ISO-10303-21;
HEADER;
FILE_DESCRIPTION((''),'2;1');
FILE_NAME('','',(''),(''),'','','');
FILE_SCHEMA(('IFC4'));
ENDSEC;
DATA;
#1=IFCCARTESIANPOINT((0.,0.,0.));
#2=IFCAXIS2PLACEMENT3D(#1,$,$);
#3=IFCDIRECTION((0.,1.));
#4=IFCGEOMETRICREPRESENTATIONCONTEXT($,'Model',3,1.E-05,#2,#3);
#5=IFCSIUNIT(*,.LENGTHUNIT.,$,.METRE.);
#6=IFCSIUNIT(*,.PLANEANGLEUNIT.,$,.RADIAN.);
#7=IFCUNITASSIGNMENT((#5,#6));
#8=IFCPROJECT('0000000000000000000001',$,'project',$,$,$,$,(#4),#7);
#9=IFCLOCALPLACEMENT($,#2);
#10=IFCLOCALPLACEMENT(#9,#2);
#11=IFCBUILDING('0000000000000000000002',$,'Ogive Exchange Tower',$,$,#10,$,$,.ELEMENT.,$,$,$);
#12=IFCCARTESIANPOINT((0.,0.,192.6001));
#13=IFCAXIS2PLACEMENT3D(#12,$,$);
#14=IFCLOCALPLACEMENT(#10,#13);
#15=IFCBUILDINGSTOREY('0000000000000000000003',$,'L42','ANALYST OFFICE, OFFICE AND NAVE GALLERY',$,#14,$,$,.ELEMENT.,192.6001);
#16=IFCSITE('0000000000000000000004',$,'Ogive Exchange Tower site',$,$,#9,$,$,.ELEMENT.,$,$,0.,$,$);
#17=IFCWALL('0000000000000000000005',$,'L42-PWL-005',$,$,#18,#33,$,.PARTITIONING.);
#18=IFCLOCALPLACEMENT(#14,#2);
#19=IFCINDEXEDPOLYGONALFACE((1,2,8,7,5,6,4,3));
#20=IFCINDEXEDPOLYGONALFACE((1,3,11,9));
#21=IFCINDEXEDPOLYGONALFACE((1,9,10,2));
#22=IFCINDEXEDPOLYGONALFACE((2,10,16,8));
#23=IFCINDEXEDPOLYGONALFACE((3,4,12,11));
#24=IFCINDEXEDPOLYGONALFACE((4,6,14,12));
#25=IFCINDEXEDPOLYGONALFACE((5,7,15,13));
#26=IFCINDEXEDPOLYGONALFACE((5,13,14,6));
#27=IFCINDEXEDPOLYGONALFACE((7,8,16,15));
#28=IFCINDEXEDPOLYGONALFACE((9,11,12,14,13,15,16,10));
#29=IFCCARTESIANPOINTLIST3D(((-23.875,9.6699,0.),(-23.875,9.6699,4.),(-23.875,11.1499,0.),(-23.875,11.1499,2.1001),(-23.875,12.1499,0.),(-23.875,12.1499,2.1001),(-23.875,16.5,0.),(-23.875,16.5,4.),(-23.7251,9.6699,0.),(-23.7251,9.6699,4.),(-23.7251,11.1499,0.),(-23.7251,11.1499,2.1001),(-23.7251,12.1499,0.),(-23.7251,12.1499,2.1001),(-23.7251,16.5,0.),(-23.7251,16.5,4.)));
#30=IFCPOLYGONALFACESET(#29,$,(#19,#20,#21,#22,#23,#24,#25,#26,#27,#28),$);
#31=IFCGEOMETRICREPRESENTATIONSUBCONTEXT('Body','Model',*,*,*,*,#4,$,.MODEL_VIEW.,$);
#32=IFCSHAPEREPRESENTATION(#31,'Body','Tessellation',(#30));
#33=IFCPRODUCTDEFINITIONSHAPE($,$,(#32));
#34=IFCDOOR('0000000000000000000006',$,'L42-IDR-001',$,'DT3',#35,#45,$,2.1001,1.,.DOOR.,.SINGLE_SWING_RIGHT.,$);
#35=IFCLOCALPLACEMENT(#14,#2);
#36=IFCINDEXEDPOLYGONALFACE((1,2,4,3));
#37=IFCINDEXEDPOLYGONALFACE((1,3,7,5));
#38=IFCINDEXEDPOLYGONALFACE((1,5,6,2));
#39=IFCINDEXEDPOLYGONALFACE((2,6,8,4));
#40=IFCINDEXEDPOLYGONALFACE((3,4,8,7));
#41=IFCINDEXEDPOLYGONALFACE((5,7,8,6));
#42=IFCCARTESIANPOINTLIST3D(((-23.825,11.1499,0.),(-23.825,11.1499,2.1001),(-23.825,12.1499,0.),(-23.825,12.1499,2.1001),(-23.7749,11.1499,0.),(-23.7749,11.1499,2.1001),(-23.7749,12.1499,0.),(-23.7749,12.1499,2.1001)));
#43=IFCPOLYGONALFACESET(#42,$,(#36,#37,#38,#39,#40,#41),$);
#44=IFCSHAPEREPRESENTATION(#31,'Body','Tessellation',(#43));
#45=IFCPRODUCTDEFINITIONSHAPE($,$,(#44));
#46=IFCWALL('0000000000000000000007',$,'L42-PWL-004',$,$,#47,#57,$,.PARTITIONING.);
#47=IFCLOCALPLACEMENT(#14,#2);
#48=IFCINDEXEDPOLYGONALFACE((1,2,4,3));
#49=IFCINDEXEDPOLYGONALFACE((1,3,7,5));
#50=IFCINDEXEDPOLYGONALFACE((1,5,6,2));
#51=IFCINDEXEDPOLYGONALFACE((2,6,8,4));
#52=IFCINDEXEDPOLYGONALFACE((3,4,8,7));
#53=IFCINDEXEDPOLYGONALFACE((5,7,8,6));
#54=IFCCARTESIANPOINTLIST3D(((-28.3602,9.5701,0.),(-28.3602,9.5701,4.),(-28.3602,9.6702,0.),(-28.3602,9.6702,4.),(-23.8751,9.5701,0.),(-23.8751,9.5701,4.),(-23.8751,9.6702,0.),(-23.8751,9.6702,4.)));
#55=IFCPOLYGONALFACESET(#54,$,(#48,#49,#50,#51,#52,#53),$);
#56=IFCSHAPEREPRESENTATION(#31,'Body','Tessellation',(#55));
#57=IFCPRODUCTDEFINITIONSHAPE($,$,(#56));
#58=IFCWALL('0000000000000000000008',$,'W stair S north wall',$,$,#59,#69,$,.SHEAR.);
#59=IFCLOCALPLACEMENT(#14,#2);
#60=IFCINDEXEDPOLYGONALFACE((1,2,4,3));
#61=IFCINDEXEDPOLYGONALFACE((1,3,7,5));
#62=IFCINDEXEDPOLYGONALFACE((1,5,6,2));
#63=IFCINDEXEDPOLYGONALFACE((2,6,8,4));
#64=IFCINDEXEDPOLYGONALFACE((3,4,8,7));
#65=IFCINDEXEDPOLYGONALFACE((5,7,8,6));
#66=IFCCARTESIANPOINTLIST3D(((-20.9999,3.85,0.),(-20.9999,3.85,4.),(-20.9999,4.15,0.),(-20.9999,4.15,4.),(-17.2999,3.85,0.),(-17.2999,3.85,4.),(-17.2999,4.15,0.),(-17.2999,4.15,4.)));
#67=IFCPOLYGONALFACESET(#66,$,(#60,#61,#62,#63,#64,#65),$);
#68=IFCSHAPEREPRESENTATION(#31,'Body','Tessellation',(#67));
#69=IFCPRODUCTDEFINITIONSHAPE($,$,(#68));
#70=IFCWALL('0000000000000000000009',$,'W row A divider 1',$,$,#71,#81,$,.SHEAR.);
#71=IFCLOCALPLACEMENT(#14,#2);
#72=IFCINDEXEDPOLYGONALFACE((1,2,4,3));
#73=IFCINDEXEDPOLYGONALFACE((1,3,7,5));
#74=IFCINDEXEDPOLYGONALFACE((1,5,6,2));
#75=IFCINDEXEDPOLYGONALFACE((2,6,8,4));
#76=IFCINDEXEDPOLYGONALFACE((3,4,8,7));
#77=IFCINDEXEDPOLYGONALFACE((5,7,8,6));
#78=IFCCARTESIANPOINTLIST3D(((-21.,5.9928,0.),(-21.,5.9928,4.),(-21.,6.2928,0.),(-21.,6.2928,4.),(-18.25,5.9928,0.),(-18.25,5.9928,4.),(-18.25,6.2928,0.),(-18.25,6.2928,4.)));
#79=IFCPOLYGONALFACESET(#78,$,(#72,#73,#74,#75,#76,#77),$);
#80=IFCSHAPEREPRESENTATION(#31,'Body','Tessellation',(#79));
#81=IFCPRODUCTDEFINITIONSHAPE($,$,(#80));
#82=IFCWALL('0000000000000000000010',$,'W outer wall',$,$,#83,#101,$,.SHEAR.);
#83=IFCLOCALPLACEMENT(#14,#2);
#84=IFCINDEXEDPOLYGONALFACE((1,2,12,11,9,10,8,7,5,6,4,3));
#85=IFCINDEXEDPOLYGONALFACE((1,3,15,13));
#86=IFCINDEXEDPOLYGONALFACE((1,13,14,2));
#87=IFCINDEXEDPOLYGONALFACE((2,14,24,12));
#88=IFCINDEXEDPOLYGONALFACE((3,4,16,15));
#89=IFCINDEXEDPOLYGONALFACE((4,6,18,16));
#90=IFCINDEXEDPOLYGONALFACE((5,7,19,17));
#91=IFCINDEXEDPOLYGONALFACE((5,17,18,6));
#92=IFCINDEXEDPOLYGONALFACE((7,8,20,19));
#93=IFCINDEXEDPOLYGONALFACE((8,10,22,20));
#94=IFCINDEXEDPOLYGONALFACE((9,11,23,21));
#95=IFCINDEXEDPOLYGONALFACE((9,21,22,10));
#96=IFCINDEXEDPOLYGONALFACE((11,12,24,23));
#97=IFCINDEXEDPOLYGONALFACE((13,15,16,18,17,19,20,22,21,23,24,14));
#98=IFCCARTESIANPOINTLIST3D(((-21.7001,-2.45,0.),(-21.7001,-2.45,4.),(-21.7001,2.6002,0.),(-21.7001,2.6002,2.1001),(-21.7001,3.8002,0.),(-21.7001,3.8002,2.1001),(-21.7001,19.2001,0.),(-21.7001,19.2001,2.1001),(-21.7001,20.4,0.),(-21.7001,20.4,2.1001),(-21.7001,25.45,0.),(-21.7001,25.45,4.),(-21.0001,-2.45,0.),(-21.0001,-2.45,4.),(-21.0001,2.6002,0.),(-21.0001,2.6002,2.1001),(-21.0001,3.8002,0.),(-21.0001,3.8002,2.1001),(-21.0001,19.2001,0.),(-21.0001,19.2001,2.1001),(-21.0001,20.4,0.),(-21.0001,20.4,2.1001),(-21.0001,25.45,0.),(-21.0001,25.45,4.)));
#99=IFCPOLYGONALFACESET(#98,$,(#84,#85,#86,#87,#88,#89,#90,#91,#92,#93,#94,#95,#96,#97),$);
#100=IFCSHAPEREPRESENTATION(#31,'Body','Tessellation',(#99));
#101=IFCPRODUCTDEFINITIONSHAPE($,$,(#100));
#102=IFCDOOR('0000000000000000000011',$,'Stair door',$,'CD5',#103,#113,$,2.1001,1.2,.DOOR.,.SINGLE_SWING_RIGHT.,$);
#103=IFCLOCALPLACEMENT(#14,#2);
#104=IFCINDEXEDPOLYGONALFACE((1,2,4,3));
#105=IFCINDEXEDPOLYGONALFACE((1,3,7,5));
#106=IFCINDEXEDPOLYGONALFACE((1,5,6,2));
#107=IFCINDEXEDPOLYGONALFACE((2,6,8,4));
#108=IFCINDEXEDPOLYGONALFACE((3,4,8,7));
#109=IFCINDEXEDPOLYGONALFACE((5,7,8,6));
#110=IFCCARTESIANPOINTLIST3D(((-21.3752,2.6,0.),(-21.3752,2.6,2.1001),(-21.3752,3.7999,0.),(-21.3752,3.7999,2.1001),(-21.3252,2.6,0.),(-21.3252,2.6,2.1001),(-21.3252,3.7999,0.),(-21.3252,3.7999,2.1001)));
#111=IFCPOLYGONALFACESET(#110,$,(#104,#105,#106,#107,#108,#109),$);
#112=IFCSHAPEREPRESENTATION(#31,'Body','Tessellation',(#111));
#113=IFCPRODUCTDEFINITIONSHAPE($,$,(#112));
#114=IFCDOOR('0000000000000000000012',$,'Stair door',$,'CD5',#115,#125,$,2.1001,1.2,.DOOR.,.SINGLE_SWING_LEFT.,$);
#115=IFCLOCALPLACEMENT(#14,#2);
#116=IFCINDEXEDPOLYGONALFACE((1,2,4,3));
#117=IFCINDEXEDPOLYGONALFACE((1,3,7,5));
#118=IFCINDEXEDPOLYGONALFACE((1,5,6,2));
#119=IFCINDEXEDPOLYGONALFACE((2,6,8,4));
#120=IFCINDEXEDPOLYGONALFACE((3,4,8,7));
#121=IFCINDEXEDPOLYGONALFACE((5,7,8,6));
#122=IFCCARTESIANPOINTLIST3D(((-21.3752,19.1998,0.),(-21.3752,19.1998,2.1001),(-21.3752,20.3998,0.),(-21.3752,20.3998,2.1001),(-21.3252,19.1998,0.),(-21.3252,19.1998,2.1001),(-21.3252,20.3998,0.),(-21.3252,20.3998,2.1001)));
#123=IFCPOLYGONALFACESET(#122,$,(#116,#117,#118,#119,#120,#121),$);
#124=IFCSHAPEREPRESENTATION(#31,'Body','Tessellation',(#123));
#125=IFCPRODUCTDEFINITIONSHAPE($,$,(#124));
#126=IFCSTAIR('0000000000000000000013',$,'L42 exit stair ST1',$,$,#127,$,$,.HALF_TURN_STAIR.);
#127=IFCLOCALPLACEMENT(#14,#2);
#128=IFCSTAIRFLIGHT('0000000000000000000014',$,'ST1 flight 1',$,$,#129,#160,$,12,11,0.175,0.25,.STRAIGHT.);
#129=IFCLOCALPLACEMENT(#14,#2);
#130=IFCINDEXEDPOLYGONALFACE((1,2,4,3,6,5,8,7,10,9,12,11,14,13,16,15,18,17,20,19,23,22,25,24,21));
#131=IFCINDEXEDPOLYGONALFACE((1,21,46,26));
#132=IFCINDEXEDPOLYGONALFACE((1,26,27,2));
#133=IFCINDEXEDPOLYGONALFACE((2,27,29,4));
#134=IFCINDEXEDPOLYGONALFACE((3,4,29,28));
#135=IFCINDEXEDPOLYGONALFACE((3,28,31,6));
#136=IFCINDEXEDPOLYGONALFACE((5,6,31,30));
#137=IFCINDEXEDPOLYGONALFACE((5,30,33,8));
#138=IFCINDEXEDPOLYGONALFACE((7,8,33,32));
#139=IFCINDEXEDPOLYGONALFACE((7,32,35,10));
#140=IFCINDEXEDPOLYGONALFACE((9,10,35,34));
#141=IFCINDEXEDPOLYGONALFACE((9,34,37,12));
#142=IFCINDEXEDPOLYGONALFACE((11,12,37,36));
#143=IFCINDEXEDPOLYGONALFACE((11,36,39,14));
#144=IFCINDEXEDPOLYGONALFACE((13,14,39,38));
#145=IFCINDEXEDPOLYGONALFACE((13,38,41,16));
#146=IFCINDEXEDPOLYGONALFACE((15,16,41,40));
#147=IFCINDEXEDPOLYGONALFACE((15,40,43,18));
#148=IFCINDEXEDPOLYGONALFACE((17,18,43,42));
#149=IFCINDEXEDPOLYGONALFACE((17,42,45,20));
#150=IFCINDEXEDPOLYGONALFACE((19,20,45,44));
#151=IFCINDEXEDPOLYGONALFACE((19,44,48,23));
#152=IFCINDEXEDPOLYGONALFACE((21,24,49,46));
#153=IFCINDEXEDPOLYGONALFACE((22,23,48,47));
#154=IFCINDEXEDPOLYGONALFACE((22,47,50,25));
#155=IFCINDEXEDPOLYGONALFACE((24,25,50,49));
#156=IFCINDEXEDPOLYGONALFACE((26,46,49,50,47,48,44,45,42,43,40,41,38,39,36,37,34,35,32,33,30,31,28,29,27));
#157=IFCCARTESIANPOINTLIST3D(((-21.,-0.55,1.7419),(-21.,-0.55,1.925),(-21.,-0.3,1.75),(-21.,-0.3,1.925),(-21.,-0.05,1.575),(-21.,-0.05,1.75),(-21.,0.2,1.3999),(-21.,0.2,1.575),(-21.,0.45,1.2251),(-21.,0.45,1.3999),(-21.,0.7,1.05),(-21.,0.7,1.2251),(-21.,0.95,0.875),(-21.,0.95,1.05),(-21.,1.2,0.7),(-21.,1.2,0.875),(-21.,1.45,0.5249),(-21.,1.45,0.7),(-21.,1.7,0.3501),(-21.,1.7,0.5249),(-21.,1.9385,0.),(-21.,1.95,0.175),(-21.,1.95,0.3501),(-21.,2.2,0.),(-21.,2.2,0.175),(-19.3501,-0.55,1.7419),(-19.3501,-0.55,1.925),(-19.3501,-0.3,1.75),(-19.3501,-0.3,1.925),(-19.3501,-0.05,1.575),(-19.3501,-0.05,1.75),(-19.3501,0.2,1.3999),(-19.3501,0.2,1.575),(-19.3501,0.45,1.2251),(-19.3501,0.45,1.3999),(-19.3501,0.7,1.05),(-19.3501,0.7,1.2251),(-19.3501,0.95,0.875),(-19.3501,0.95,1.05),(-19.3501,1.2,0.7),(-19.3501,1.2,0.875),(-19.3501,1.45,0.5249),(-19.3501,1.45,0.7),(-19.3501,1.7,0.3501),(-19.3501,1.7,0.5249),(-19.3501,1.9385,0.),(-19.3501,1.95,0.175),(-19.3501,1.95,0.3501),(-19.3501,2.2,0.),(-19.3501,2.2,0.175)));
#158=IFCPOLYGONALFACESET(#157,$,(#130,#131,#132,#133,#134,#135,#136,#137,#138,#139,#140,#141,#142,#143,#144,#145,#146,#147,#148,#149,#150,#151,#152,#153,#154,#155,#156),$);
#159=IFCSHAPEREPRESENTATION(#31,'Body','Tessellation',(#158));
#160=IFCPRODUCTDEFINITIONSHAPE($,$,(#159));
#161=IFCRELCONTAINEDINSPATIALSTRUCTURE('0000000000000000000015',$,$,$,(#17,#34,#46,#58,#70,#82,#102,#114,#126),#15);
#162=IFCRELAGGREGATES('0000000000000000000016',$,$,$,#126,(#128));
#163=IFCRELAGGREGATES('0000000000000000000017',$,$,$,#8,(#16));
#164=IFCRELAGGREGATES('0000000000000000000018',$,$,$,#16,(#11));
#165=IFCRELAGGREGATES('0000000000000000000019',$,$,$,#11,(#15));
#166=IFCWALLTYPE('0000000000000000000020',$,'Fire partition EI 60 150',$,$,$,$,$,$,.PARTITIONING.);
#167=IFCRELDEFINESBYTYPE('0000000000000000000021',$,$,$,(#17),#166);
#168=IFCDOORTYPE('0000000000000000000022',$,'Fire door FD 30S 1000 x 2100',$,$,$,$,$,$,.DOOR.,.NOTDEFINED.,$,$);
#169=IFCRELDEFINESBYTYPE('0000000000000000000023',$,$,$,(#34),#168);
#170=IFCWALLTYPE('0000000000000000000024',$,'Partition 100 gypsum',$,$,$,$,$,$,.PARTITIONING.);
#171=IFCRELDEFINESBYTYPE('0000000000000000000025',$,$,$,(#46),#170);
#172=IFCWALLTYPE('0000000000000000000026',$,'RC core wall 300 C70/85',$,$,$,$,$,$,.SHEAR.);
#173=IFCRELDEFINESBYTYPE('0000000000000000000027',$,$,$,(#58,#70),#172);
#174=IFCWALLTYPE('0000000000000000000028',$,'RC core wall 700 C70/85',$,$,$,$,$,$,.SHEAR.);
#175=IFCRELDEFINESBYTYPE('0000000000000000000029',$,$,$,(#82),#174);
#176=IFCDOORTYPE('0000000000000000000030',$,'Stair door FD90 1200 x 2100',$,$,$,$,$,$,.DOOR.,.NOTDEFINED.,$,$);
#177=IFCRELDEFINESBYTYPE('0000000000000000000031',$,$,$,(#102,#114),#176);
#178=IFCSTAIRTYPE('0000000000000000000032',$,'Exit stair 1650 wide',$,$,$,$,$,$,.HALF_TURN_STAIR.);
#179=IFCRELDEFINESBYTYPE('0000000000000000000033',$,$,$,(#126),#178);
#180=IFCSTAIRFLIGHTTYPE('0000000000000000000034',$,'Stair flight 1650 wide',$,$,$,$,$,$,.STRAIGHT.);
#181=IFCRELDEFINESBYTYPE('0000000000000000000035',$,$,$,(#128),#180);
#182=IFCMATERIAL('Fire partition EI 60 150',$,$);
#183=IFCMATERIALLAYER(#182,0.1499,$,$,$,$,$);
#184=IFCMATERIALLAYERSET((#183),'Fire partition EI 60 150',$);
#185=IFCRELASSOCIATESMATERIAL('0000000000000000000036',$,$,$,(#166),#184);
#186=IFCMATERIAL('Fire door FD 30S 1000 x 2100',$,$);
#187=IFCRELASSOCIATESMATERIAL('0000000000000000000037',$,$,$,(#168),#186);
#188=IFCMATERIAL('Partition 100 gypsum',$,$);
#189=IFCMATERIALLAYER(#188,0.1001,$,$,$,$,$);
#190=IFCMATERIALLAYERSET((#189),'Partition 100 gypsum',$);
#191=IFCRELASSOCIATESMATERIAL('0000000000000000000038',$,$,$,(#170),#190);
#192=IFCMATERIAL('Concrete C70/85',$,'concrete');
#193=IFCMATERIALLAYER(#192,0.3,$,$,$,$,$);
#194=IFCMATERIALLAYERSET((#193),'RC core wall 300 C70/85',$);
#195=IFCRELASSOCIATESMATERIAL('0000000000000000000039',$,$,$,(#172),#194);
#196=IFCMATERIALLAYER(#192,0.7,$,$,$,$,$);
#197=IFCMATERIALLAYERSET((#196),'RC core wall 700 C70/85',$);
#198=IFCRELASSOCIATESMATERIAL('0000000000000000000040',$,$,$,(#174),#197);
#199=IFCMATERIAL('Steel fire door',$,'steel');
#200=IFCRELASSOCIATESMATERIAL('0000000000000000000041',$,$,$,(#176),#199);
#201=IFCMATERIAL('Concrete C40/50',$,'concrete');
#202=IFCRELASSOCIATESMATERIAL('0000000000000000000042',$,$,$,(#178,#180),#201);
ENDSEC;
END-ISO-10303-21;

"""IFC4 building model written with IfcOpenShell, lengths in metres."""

from ifc_helpers import new_model, si_unit, direction, frame, frame_2d, origin, place, context, subcontext, project, spatial, polyline, rectangle, outline, extrude, material, layer, layer_set, type_object, element, fill, aggregate, save


model = new_model("IFC4")

# Units and contexts
model_context = context("Model", 3, precision=1e-05, world=origin(), true_north=direction((0.0, 1.0)))
body_context = subcontext(model_context, "Body", "Model", "MODEL_VIEW")
ifc_project = project(units=[si_unit("LENGTHUNIT", "METRE"), si_unit("PLANEANGLEUNIT", "RADIAN")], contexts=[model_context])

# Site, building, storey
site_placement = place(None, origin())
site = spatial("IfcSite", under=ifc_project, at=site_placement, Name="Ogive Exchange Tower site", CompositionType="ELEMENT", RefElevation=0.0)
building_placement = place(site_placement, origin())
building = spatial("IfcBuilding", under=site, at=building_placement, Name="Ogive Exchange Tower", CompositionType="ELEMENT")
storey_placement = place(building_placement, frame((0.0, 0.0, 192.6001)))
storey = spatial("IfcBuildingStorey", under=building, at=storey_placement, Name="L42", Description="ANALYST OFFICE, OFFICE AND NAVE GALLERY", CompositionType="ELEMENT", Elevation=192.6001)

# Wall, opening, door
ifc_material_1 = material(Name="Fire partition EI 60 150")
ifc_layer_1 = layer(ifc_material_1, 0.1499)
ifc_layer_set_1 = layer_set([ifc_layer_1], Name="Fire partition EI 60 150")
wall_type_1 = type_object("IfcWallType", Name="Fire partition EI 60 150", PredefinedType="PARTITIONING", material=ifc_layer_set_1)
wall_1_placement = place(storey_placement, frame((-23.8, 9.6699, 0.0), z_axis=(0.0, 0.0, 1.0), x_axis=(0.0, 1.0, 0.0)))
wall_1 = element("IfcWall", 1, at=wall_1_placement, inside=storey, type_object=wall_type_1, Name="L42-PWL-005", PredefinedType="PARTITIONING", context=body_context, shape_type="SweptSolid", body=[
    extrude(rectangle(XDim=6.8301, YDim=0.1499, at=frame_2d((3.415, 0.0))), origin(), (0.0, 0.0, 1.0), 4.0),
])
opening_1_placement = place(wall_1_placement, frame((1.48, 0.0, 0.0)))
opening_1 = element("IfcOpeningElement", 2, at=opening_1_placement, cuts=wall_1, PredefinedType="OPENING", context=body_context, shape_type="SweptSolid", body=[
    extrude(rectangle(XDim=1.0, YDim=2.1001, at=frame_2d((0.5, 1.05))), frame((0.0, 0.085, 0.0), z_axis=(0.0, -1.0, 0.0), x_axis=(1.0, 0.0, 0.0)), (0.0, 0.0, 1.0), 0.1699),
])
ifc_material_2 = material(Name="Fire door FD 30S 1000 x 2100")
door_type_1 = type_object("IfcDoorType", Name="Fire door FD 30S 1000 x 2100", OperationType="NOTDEFINED", PredefinedType="DOOR", material=ifc_material_2)
door_1_placement = place(opening_1_placement, origin())
door_1 = element("IfcDoor", 3, at=door_1_placement, inside=storey, type_object=door_type_1, Name="L42-IDR-001", ObjectType="DT3", OperationType="SINGLE_SWING_RIGHT", OverallHeight=2.1001, OverallWidth=1.0, PredefinedType="DOOR", context=body_context, shape_type="SweptSolid", body=[
    extrude(rectangle(XDim=1.0, YDim=2.1001, at=frame_2d((0.5, 1.05))), frame((0.0, 0.0249, 0.0), z_axis=(0.0, -1.0, 0.0), x_axis=(1.0, 0.0, 0.0)), (0.0, 0.0, 1.0), 0.05),
])
fill(opening_1, door_1)

# Walls
ifc_material_3 = material(Name="Partition 100 gypsum")
ifc_layer_2 = layer(ifc_material_3, 0.1001)
ifc_layer_set_2 = layer_set([ifc_layer_2], Name="Partition 100 gypsum")
wall_type_2 = type_object("IfcWallType", Name="Partition 100 gypsum", PredefinedType="PARTITIONING", material=ifc_layer_set_2)
wall_2_placement = place(storey_placement, frame((-23.875, 9.6201, 0.0), z_axis=(0.0, 0.0, 1.0), x_axis=(-1.0, 0.0, 0.0)))
element("IfcWall", 4, at=wall_2_placement, inside=storey, type_object=wall_type_2, Name="L42-PWL-004", PredefinedType="PARTITIONING", context=body_context, shape_type="SweptSolid", body=[
    extrude(rectangle(XDim=4.4851, YDim=0.1001, at=frame_2d((2.2427, 0.0))), origin(), (0.0, 0.0, 1.0), 4.0),
])
ifc_material_4 = material(Name="Concrete C70/85", Category="concrete")
ifc_layer_3 = layer(ifc_material_4, 0.3)
ifc_layer_set_3 = layer_set([ifc_layer_3], Name="RC core wall 300 C70/85")
wall_type_3 = type_object("IfcWallType", Name="RC core wall 300 C70/85", PredefinedType="SHEAR", material=ifc_layer_set_3)
wall_3_placement = place(storey_placement, frame((-21.0, 4.0, 0.0), z_axis=(0.0, 0.0, 1.0), x_axis=(1.0, 0.0, 0.0)))
element("IfcWall", 5, at=wall_3_placement, inside=storey, type_object=wall_type_3, Name="W stair S north wall", PredefinedType="SHEAR", context=body_context, shape_type="SweptSolid", body=[
    extrude(rectangle(XDim=3.7, YDim=0.3, at=frame_2d((1.8501, 0.0))), origin(), (0.0, 0.0, 1.0), 4.0),
])
wall_4_placement = place(storey_placement, frame((-21.0, 6.1428, 0.0), z_axis=(0.0, 0.0, 1.0), x_axis=(1.0, 0.0, 0.0)))
element("IfcWall", 6, at=wall_4_placement, inside=storey, type_object=wall_type_3, Name="W row A divider 1", PredefinedType="SHEAR", context=body_context, shape_type="SweptSolid", body=[
    extrude(rectangle(XDim=2.75, YDim=0.3, at=frame_2d((1.375, 0.0))), origin(), (0.0, 0.0, 1.0), 4.0),
])

# Wall, openings, doors
ifc_layer_4 = layer(ifc_material_4, 0.7)
ifc_layer_set_4 = layer_set([ifc_layer_4], Name="RC core wall 700 C70/85")
wall_type_4 = type_object("IfcWallType", Name="RC core wall 700 C70/85", PredefinedType="SHEAR", material=ifc_layer_set_4)
wall_5_placement = place(storey_placement, frame((-21.3501, -2.45, 0.0), z_axis=(0.0, 0.0, 1.0), x_axis=(0.0, 1.0, 0.0)))
wall_5 = element("IfcWall", 7, at=wall_5_placement, inside=storey, type_object=wall_type_4, Name="W outer wall", PredefinedType="SHEAR", context=body_context, shape_type="SweptSolid", body=[
    extrude(rectangle(XDim=27.8999, YDim=0.7, at=frame_2d((13.95, 0.0))), origin(), (0.0, 0.0, 1.0), 4.0),
])
opening_2_placement = place(wall_5_placement, frame((5.05, 0.0, 0.0)))
opening_2 = element("IfcOpeningElement", 8, at=opening_2_placement, cuts=wall_5, PredefinedType="OPENING", context=body_context, shape_type="SweptSolid", body=[
    extrude(rectangle(XDim=1.2, YDim=2.1001, at=frame_2d((0.6001, 1.05))), frame((0.0, 0.3599, 0.0), z_axis=(0.0, -1.0, 0.0), x_axis=(1.0, 0.0, 0.0)), (0.0, 0.0, 1.0), 0.72),
])
opening_3_placement = place(wall_5_placement, frame((21.6499, 0.0, 0.0)))
opening_3 = element("IfcOpeningElement", 9, at=opening_3_placement, cuts=wall_5, PredefinedType="OPENING", context=body_context, shape_type="SweptSolid", body=[
    extrude(rectangle(XDim=1.2, YDim=2.1001, at=frame_2d((0.6001, 1.05))), frame((0.0, 0.3599, 0.0), z_axis=(0.0, -1.0, 0.0), x_axis=(1.0, 0.0, 0.0)), (0.0, 0.0, 1.0), 0.72),
])
ifc_material_5 = material(Name="Steel fire door", Category="steel")
door_type_2 = type_object("IfcDoorType", Name="Stair door FD90 1200 x 2100", OperationType="NOTDEFINED", PredefinedType="DOOR", material=ifc_material_5)
door_2_placement = place(opening_2_placement, frame((1.2, 0.0, 0.0), z_axis=(0.0, 0.0, 1.0), x_axis=(-1.0, 0.0, 0.0)))
door_2 = element("IfcDoor", 10, at=door_2_placement, inside=storey, type_object=door_type_2, Name="Stair door", ObjectType="CD5", OperationType="SINGLE_SWING_RIGHT", OverallHeight=2.1001, OverallWidth=1.2, PredefinedType="DOOR", context=body_context, shape_type="SweptSolid", body=[
    extrude(rectangle(XDim=1.2, YDim=2.1001, at=frame_2d((0.6001, 1.05))), frame((0.0, 0.0249, 0.0), z_axis=(0.0, -1.0, 0.0), x_axis=(1.0, 0.0, 0.0)), (0.0, 0.0, 1.0), 0.05),
])
fill(opening_2, door_2)
door_3_placement = place(opening_3_placement, frame((1.2, 0.0, 0.0), z_axis=(0.0, 0.0, 1.0), x_axis=(-1.0, 0.0, 0.0)))
door_3 = element("IfcDoor", 11, at=door_3_placement, inside=storey, type_object=door_type_2, Name="Stair door", ObjectType="CD5", OperationType="SINGLE_SWING_LEFT", OverallHeight=2.1001, OverallWidth=1.2, PredefinedType="DOOR", context=body_context, shape_type="SweptSolid", body=[
    extrude(rectangle(XDim=1.2, YDim=2.1001, at=frame_2d((0.6001, 1.05))), frame((0.0, 0.0249, 0.0), z_axis=(0.0, -1.0, 0.0), x_axis=(1.0, 0.0, 0.0)), (0.0, 0.0, 1.0), 0.05),
])
fill(opening_3, door_3)

# Stair, stair flight
ifc_material_6 = material(Name="Concrete C40/50", Category="concrete")
stair_type = type_object("IfcStairType", Name="Exit stair 1650 wide", PredefinedType="HALF_TURN_STAIR", material=ifc_material_6)
stair_placement = place(storey_placement, origin())
stair = element("IfcStair", 12, at=stair_placement, inside=storey, type_object=stair_type, Name="L42 exit stair ST1", PredefinedType="HALF_TURN_STAIR")
stair_flight_type = type_object("IfcStairFlightType", Name="Stair flight 1650 wide", PredefinedType="STRAIGHT", material=ifc_material_6)
stair_flight_1_placement = place(storey_placement, frame((-20.175, 2.2, 0.0), z_axis=(0.0, 0.0, 1.0), x_axis=(0.0, -1.0, 0.0)))
stair_flight_1 = element("IfcStairFlight", 13, at=stair_flight_1_placement, type_object=stair_flight_type, Name="ST1 flight 1", NumberOfRisers=12, NumberOfTreads=11, PredefinedType="STRAIGHT", RiserHeight=0.175, TreadLength=0.25, context=body_context, shape_type="SweptSolid", body=[
    extrude(outline(polyline([(0.0, 0.0), (0.0, 0.175), (0.25, 0.175), (0.25, 0.3501), (0.5, 0.3501), (0.5, 0.5249), (0.75, 0.5249), (0.75, 0.7), (1.0, 0.7), (1.0, 0.875), (1.25, 0.875), (1.25, 1.05), (1.5, 1.05), (1.5, 1.2251), (1.75, 1.2251), (1.75, 1.3999), (2.0, 1.3999), (2.0, 1.575), (2.25, 1.575), (2.25, 1.75), (2.5, 1.75), (2.5, 1.925), (2.75, 1.925), (2.75, 2.1001), (2.75, 1.7419), (0.2615, 0.0), (0.0, 0.0)])), frame((0.0, 0.825, 0.0), z_axis=(0.0, -1.0, 0.0), x_axis=(1.0, 0.0, 0.0)), (0.0, 0.0, 1.0), 1.6499),
])
aggregate(stair, [stair_flight_1])

save(model, "model.ifc")
